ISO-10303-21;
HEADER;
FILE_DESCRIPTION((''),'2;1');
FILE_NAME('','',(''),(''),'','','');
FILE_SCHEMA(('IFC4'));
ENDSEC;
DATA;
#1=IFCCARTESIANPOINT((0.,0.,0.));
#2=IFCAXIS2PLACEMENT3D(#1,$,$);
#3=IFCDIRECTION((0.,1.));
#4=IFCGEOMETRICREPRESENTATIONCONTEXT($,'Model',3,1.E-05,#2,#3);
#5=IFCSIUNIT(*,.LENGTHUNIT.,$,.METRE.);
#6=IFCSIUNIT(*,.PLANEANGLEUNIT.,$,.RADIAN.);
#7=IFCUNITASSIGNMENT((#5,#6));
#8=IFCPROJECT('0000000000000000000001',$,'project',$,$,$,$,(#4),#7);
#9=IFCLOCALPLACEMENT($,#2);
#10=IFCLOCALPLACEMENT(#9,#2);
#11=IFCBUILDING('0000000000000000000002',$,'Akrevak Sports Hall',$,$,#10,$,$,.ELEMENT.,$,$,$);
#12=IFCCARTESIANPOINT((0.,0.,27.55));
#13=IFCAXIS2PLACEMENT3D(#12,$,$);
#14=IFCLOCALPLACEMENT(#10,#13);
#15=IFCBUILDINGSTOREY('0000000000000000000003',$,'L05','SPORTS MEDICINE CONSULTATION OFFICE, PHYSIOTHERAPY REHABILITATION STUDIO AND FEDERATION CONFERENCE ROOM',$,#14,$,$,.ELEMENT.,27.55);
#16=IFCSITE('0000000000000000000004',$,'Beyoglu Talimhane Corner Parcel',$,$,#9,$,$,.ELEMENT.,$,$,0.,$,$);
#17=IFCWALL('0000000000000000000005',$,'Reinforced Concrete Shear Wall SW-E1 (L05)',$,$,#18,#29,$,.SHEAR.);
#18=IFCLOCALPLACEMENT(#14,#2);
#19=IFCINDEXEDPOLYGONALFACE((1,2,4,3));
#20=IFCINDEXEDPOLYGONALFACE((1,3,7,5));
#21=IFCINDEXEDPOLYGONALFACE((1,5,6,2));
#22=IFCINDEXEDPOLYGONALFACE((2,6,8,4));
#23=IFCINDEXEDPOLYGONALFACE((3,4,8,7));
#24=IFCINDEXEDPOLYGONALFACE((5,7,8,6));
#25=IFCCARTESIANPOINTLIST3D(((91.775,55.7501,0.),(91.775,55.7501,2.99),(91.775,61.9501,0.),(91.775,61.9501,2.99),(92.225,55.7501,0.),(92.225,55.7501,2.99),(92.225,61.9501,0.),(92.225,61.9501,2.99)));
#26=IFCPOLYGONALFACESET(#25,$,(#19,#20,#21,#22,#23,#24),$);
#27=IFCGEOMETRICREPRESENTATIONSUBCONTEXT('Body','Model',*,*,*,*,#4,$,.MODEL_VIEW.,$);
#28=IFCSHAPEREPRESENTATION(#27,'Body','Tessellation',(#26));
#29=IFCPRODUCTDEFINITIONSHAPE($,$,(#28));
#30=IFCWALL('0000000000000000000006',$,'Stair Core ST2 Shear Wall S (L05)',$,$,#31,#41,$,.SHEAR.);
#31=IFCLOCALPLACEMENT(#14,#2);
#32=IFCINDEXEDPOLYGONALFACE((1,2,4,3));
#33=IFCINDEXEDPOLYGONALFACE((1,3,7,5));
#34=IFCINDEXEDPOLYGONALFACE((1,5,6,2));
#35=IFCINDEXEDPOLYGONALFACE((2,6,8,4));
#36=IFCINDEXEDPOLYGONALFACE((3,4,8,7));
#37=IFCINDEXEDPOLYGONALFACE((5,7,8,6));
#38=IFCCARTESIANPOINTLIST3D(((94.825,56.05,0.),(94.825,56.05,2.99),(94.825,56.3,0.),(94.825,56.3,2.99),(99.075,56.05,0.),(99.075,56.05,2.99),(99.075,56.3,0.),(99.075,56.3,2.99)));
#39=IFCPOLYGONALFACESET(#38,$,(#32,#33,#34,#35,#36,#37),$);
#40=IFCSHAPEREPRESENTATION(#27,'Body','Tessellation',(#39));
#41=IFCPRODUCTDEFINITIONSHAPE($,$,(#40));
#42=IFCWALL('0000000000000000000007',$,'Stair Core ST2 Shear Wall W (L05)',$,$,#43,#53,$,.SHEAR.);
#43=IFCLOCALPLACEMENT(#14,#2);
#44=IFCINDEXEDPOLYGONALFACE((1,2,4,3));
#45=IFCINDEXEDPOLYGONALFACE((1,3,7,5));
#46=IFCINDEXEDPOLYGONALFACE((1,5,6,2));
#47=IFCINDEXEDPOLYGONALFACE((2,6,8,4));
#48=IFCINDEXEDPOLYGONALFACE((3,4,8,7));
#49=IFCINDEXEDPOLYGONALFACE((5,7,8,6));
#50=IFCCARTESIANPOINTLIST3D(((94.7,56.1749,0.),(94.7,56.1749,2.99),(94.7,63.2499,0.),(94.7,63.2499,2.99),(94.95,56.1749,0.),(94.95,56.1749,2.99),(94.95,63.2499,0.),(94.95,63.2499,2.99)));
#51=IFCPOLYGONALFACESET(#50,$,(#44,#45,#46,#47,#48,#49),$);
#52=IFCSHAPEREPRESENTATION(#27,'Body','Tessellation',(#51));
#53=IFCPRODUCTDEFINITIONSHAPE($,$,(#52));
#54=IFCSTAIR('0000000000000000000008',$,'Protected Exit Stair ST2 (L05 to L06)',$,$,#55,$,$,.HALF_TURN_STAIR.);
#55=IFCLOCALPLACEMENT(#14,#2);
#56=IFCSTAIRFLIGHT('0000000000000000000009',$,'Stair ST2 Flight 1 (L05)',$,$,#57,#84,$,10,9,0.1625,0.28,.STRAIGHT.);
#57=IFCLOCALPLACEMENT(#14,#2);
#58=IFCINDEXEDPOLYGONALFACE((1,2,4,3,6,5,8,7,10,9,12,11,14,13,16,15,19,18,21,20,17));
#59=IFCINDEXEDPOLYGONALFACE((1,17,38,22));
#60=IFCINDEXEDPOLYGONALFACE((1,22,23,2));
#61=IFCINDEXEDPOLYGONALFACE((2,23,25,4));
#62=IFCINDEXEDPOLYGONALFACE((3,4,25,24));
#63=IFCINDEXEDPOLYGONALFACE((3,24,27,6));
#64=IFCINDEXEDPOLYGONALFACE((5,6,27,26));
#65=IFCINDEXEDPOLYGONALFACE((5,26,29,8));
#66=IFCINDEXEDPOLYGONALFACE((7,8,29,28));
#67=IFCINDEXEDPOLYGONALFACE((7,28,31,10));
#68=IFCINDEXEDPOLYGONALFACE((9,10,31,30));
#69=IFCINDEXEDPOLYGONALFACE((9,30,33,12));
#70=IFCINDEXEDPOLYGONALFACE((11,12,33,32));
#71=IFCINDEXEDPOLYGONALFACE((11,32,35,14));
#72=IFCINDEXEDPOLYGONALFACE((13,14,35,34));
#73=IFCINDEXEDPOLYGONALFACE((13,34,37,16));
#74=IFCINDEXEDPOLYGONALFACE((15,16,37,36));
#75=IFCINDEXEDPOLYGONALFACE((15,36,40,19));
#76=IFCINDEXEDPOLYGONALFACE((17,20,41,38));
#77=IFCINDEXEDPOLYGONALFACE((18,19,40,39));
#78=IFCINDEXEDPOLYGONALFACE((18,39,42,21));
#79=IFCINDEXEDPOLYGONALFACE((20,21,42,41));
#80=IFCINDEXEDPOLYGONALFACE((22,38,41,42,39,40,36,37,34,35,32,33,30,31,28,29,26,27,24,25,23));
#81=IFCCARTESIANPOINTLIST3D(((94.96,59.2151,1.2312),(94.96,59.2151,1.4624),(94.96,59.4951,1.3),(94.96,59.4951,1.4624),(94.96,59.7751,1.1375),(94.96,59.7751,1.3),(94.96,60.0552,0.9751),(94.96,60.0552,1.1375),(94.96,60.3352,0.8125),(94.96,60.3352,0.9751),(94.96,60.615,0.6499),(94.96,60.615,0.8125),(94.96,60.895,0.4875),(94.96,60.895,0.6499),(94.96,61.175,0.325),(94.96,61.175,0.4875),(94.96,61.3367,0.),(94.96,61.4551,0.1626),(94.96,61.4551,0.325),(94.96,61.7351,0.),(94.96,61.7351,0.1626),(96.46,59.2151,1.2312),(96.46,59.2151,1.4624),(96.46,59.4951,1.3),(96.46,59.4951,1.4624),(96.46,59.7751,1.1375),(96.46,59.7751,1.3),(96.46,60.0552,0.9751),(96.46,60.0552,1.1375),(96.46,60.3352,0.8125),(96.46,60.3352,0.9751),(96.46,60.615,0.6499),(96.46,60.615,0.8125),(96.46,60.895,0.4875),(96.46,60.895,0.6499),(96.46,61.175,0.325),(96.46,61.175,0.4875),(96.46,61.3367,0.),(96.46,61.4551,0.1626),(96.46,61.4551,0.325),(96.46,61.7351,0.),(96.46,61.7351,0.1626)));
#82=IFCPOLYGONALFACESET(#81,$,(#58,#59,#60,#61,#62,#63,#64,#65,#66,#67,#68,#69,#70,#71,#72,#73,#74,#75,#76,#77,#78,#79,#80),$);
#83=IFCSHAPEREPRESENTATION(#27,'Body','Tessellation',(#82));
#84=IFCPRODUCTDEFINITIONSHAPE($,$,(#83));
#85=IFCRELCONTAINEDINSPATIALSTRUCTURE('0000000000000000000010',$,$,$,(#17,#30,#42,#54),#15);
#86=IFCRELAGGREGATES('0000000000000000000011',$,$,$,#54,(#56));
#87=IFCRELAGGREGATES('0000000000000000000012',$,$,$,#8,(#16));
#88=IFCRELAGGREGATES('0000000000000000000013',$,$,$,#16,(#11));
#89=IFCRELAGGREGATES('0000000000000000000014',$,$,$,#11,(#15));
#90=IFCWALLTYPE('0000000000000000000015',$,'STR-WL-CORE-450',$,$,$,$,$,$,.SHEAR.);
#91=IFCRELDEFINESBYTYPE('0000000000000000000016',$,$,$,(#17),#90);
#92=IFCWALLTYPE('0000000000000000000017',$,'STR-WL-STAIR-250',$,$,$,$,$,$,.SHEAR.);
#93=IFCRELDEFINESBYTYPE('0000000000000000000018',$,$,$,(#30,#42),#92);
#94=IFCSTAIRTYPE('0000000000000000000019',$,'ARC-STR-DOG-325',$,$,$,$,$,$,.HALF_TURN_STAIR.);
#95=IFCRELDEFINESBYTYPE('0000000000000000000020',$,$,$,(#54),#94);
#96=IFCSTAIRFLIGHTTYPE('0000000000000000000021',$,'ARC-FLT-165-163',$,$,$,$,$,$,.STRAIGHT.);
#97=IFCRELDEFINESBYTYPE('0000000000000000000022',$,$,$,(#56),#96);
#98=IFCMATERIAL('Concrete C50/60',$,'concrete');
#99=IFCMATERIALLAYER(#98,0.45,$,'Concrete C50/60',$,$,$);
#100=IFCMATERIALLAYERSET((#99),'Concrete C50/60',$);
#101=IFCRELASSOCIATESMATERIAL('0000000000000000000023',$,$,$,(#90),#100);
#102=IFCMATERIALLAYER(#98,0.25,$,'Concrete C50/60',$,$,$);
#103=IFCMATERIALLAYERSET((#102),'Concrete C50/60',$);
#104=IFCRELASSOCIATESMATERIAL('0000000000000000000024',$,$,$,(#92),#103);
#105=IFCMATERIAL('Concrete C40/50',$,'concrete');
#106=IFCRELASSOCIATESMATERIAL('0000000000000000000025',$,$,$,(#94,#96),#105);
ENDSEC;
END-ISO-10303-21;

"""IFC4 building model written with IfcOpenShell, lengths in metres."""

from ifc_helpers import new_model, si_unit, direction, frame, frame_2d, origin, place, context, subcontext, project, spatial, polyline, rectangle, outline, extrude, material, layer, layer_set, type_object, element, aggregate, save


model = new_model("IFC4")

# Units and contexts
model_context = context("Model", 3, precision=1e-05, world=origin(), true_north=direction((0.0, 1.0)))
body_context = subcontext(model_context, "Body", "Model", "MODEL_VIEW")
ifc_project = project(units=[si_unit("LENGTHUNIT", "METRE"), si_unit("PLANEANGLEUNIT", "RADIAN")], contexts=[model_context])

# Site, building, storey
site_placement = place(None, origin())
site = spatial("IfcSite", under=ifc_project, at=site_placement, Name="Beyoglu Talimhane Corner Parcel", CompositionType="ELEMENT", RefElevation=0.0)
building_placement = place(site_placement, origin())
building = spatial("IfcBuilding", under=site, at=building_placement, Name="Akrevak Sports Hall", CompositionType="ELEMENT")
storey_placement = place(building_placement, frame((0.0, 0.0, 27.55)))
storey = spatial("IfcBuildingStorey", under=building, at=storey_placement, Name="L05", Description="SPORTS MEDICINE CONSULTATION OFFICE, PHYSIOTHERAPY REHABILITATION STUDIO AND FEDERATION CONFERENCE ROOM", CompositionType="ELEMENT", Elevation=27.55)

# Shared definitions
ifc_material_1 = material(Name="Concrete C40/50", Category="concrete")

# Shared definitions
ifc_material_2 = material(Name="Concrete C50/60", Category="concrete")

# Walls
ifc_layer_1 = layer(ifc_material_2, 0.45, Name="Concrete C50/60")
ifc_layer_set_1 = layer_set([ifc_layer_1], Name="Concrete C50/60")
wall_type_1 = type_object("IfcWallType", Name="STR-WL-CORE-450", PredefinedType="SHEAR", material=ifc_layer_set_1)
wall_1_placement = place(storey_placement, frame((92.0, 55.75, 0.0), z_axis=(0.0, 0.0, 1.0), x_axis=(0.0, 1.0, 0.0)))
element("IfcWall", 1, at=wall_1_placement, inside=storey, type_object=wall_type_1, Name="Reinforced Concrete Shear Wall SW-E1 (L05)", PredefinedType="SHEAR", context=body_context, shape_type="SweptSolid", body=[
    extrude(rectangle(XDim=6.2, YDim=0.45, at=frame_2d((3.1001, 0.0))), origin(), (0.0, 0.0, 1.0), 2.99),
])
ifc_layer_2 = layer(ifc_material_2, 0.25, Name="Concrete C50/60")
ifc_layer_set_2 = layer_set([ifc_layer_2], Name="Concrete C50/60")
wall_type_2 = type_object("IfcWallType", Name="STR-WL-STAIR-250", PredefinedType="SHEAR", material=ifc_layer_set_2)
wall_2_placement = place(storey_placement, frame((94.825, 56.175, 0.0), z_axis=(0.0, 0.0, 1.0), x_axis=(1.0, 0.0, 0.0)))
element("IfcWall", 2, at=wall_2_placement, inside=storey, type_object=wall_type_2, Name="Stair Core ST2 Shear Wall S (L05)", PredefinedType="SHEAR", context=body_context, shape_type="SweptSolid", body=[
    extrude(rectangle(XDim=4.25, YDim=0.25, at=frame_2d((2.125, 0.0))), origin(), (0.0, 0.0, 1.0), 2.99),
])
wall_3_placement = place(storey_placement, frame((94.825, 63.25, 0.0), z_axis=(0.0, 0.0, 1.0), x_axis=(0.0, -1.0, 0.0)))
element("IfcWall", 3, at=wall_3_placement, inside=storey, type_object=wall_type_2, Name="Stair Core ST2 Shear Wall W (L05)", PredefinedType="SHEAR", context=body_context, shape_type="SweptSolid", body=[
    extrude(rectangle(XDim=7.075, YDim=0.25, at=frame_2d((3.5376, 0.0))), origin(), (0.0, 0.0, 1.0), 2.99),
])

# Stair, stair flight
stair_type = type_object("IfcStairType", Name="ARC-STR-DOG-325", PredefinedType="HALF_TURN_STAIR", material=ifc_material_1)
stair_placement = place(storey_placement, origin())
stair = element("IfcStair", 4, at=stair_placement, inside=storey, type_object=stair_type, Name="Protected Exit Stair ST2 (L05 to L06)", PredefinedType="HALF_TURN_STAIR")
stair_flight_type = type_object("IfcStairFlightType", Name="ARC-FLT-165-163", PredefinedType="STRAIGHT", material=ifc_material_1)
stair_flight_placement = place(storey_placement, frame((95.71, 61.7351, 0.0), z_axis=(0.0, 0.0, 1.0), x_axis=(0.0, -1.0, 0.0)))
stair_flight = element("IfcStairFlight", 5, at=stair_flight_placement, type_object=stair_flight_type, Name="Stair ST2 Flight 1 (L05)", NumberOfRisers=10, NumberOfTreads=9, PredefinedType="STRAIGHT", RiserHeight=0.1625, TreadLength=0.28, context=body_context, shape_type="SweptSolid", body=[
    extrude(outline(polyline([(0.0, 0.0), (0.0, 0.1626), (0.28, 0.1626), (0.28, 0.325), (0.5601, 0.325), (0.5601, 0.4875), (0.8401, 0.4875), (0.8401, 0.6499), (1.1201, 0.6499), (1.1201, 0.8125), (1.3999, 0.8125), (1.3999, 0.9751), (1.6799, 0.9751), (1.6799, 1.1375), (1.96, 1.1375), (1.96, 1.3), (2.24, 1.3), (2.24, 1.4624), (2.52, 1.4624), (2.52, 1.625), (2.52, 1.2312), (0.3984, 0.0), (0.0, 0.0)])), frame((0.0, 0.75, 0.0), z_axis=(0.0, -1.0, 0.0), x_axis=(1.0, 0.0, 0.0)), (0.0, 0.0, 1.0), 1.5),
])
aggregate(stair, [stair_flight])

save(model, "model.ifc")
